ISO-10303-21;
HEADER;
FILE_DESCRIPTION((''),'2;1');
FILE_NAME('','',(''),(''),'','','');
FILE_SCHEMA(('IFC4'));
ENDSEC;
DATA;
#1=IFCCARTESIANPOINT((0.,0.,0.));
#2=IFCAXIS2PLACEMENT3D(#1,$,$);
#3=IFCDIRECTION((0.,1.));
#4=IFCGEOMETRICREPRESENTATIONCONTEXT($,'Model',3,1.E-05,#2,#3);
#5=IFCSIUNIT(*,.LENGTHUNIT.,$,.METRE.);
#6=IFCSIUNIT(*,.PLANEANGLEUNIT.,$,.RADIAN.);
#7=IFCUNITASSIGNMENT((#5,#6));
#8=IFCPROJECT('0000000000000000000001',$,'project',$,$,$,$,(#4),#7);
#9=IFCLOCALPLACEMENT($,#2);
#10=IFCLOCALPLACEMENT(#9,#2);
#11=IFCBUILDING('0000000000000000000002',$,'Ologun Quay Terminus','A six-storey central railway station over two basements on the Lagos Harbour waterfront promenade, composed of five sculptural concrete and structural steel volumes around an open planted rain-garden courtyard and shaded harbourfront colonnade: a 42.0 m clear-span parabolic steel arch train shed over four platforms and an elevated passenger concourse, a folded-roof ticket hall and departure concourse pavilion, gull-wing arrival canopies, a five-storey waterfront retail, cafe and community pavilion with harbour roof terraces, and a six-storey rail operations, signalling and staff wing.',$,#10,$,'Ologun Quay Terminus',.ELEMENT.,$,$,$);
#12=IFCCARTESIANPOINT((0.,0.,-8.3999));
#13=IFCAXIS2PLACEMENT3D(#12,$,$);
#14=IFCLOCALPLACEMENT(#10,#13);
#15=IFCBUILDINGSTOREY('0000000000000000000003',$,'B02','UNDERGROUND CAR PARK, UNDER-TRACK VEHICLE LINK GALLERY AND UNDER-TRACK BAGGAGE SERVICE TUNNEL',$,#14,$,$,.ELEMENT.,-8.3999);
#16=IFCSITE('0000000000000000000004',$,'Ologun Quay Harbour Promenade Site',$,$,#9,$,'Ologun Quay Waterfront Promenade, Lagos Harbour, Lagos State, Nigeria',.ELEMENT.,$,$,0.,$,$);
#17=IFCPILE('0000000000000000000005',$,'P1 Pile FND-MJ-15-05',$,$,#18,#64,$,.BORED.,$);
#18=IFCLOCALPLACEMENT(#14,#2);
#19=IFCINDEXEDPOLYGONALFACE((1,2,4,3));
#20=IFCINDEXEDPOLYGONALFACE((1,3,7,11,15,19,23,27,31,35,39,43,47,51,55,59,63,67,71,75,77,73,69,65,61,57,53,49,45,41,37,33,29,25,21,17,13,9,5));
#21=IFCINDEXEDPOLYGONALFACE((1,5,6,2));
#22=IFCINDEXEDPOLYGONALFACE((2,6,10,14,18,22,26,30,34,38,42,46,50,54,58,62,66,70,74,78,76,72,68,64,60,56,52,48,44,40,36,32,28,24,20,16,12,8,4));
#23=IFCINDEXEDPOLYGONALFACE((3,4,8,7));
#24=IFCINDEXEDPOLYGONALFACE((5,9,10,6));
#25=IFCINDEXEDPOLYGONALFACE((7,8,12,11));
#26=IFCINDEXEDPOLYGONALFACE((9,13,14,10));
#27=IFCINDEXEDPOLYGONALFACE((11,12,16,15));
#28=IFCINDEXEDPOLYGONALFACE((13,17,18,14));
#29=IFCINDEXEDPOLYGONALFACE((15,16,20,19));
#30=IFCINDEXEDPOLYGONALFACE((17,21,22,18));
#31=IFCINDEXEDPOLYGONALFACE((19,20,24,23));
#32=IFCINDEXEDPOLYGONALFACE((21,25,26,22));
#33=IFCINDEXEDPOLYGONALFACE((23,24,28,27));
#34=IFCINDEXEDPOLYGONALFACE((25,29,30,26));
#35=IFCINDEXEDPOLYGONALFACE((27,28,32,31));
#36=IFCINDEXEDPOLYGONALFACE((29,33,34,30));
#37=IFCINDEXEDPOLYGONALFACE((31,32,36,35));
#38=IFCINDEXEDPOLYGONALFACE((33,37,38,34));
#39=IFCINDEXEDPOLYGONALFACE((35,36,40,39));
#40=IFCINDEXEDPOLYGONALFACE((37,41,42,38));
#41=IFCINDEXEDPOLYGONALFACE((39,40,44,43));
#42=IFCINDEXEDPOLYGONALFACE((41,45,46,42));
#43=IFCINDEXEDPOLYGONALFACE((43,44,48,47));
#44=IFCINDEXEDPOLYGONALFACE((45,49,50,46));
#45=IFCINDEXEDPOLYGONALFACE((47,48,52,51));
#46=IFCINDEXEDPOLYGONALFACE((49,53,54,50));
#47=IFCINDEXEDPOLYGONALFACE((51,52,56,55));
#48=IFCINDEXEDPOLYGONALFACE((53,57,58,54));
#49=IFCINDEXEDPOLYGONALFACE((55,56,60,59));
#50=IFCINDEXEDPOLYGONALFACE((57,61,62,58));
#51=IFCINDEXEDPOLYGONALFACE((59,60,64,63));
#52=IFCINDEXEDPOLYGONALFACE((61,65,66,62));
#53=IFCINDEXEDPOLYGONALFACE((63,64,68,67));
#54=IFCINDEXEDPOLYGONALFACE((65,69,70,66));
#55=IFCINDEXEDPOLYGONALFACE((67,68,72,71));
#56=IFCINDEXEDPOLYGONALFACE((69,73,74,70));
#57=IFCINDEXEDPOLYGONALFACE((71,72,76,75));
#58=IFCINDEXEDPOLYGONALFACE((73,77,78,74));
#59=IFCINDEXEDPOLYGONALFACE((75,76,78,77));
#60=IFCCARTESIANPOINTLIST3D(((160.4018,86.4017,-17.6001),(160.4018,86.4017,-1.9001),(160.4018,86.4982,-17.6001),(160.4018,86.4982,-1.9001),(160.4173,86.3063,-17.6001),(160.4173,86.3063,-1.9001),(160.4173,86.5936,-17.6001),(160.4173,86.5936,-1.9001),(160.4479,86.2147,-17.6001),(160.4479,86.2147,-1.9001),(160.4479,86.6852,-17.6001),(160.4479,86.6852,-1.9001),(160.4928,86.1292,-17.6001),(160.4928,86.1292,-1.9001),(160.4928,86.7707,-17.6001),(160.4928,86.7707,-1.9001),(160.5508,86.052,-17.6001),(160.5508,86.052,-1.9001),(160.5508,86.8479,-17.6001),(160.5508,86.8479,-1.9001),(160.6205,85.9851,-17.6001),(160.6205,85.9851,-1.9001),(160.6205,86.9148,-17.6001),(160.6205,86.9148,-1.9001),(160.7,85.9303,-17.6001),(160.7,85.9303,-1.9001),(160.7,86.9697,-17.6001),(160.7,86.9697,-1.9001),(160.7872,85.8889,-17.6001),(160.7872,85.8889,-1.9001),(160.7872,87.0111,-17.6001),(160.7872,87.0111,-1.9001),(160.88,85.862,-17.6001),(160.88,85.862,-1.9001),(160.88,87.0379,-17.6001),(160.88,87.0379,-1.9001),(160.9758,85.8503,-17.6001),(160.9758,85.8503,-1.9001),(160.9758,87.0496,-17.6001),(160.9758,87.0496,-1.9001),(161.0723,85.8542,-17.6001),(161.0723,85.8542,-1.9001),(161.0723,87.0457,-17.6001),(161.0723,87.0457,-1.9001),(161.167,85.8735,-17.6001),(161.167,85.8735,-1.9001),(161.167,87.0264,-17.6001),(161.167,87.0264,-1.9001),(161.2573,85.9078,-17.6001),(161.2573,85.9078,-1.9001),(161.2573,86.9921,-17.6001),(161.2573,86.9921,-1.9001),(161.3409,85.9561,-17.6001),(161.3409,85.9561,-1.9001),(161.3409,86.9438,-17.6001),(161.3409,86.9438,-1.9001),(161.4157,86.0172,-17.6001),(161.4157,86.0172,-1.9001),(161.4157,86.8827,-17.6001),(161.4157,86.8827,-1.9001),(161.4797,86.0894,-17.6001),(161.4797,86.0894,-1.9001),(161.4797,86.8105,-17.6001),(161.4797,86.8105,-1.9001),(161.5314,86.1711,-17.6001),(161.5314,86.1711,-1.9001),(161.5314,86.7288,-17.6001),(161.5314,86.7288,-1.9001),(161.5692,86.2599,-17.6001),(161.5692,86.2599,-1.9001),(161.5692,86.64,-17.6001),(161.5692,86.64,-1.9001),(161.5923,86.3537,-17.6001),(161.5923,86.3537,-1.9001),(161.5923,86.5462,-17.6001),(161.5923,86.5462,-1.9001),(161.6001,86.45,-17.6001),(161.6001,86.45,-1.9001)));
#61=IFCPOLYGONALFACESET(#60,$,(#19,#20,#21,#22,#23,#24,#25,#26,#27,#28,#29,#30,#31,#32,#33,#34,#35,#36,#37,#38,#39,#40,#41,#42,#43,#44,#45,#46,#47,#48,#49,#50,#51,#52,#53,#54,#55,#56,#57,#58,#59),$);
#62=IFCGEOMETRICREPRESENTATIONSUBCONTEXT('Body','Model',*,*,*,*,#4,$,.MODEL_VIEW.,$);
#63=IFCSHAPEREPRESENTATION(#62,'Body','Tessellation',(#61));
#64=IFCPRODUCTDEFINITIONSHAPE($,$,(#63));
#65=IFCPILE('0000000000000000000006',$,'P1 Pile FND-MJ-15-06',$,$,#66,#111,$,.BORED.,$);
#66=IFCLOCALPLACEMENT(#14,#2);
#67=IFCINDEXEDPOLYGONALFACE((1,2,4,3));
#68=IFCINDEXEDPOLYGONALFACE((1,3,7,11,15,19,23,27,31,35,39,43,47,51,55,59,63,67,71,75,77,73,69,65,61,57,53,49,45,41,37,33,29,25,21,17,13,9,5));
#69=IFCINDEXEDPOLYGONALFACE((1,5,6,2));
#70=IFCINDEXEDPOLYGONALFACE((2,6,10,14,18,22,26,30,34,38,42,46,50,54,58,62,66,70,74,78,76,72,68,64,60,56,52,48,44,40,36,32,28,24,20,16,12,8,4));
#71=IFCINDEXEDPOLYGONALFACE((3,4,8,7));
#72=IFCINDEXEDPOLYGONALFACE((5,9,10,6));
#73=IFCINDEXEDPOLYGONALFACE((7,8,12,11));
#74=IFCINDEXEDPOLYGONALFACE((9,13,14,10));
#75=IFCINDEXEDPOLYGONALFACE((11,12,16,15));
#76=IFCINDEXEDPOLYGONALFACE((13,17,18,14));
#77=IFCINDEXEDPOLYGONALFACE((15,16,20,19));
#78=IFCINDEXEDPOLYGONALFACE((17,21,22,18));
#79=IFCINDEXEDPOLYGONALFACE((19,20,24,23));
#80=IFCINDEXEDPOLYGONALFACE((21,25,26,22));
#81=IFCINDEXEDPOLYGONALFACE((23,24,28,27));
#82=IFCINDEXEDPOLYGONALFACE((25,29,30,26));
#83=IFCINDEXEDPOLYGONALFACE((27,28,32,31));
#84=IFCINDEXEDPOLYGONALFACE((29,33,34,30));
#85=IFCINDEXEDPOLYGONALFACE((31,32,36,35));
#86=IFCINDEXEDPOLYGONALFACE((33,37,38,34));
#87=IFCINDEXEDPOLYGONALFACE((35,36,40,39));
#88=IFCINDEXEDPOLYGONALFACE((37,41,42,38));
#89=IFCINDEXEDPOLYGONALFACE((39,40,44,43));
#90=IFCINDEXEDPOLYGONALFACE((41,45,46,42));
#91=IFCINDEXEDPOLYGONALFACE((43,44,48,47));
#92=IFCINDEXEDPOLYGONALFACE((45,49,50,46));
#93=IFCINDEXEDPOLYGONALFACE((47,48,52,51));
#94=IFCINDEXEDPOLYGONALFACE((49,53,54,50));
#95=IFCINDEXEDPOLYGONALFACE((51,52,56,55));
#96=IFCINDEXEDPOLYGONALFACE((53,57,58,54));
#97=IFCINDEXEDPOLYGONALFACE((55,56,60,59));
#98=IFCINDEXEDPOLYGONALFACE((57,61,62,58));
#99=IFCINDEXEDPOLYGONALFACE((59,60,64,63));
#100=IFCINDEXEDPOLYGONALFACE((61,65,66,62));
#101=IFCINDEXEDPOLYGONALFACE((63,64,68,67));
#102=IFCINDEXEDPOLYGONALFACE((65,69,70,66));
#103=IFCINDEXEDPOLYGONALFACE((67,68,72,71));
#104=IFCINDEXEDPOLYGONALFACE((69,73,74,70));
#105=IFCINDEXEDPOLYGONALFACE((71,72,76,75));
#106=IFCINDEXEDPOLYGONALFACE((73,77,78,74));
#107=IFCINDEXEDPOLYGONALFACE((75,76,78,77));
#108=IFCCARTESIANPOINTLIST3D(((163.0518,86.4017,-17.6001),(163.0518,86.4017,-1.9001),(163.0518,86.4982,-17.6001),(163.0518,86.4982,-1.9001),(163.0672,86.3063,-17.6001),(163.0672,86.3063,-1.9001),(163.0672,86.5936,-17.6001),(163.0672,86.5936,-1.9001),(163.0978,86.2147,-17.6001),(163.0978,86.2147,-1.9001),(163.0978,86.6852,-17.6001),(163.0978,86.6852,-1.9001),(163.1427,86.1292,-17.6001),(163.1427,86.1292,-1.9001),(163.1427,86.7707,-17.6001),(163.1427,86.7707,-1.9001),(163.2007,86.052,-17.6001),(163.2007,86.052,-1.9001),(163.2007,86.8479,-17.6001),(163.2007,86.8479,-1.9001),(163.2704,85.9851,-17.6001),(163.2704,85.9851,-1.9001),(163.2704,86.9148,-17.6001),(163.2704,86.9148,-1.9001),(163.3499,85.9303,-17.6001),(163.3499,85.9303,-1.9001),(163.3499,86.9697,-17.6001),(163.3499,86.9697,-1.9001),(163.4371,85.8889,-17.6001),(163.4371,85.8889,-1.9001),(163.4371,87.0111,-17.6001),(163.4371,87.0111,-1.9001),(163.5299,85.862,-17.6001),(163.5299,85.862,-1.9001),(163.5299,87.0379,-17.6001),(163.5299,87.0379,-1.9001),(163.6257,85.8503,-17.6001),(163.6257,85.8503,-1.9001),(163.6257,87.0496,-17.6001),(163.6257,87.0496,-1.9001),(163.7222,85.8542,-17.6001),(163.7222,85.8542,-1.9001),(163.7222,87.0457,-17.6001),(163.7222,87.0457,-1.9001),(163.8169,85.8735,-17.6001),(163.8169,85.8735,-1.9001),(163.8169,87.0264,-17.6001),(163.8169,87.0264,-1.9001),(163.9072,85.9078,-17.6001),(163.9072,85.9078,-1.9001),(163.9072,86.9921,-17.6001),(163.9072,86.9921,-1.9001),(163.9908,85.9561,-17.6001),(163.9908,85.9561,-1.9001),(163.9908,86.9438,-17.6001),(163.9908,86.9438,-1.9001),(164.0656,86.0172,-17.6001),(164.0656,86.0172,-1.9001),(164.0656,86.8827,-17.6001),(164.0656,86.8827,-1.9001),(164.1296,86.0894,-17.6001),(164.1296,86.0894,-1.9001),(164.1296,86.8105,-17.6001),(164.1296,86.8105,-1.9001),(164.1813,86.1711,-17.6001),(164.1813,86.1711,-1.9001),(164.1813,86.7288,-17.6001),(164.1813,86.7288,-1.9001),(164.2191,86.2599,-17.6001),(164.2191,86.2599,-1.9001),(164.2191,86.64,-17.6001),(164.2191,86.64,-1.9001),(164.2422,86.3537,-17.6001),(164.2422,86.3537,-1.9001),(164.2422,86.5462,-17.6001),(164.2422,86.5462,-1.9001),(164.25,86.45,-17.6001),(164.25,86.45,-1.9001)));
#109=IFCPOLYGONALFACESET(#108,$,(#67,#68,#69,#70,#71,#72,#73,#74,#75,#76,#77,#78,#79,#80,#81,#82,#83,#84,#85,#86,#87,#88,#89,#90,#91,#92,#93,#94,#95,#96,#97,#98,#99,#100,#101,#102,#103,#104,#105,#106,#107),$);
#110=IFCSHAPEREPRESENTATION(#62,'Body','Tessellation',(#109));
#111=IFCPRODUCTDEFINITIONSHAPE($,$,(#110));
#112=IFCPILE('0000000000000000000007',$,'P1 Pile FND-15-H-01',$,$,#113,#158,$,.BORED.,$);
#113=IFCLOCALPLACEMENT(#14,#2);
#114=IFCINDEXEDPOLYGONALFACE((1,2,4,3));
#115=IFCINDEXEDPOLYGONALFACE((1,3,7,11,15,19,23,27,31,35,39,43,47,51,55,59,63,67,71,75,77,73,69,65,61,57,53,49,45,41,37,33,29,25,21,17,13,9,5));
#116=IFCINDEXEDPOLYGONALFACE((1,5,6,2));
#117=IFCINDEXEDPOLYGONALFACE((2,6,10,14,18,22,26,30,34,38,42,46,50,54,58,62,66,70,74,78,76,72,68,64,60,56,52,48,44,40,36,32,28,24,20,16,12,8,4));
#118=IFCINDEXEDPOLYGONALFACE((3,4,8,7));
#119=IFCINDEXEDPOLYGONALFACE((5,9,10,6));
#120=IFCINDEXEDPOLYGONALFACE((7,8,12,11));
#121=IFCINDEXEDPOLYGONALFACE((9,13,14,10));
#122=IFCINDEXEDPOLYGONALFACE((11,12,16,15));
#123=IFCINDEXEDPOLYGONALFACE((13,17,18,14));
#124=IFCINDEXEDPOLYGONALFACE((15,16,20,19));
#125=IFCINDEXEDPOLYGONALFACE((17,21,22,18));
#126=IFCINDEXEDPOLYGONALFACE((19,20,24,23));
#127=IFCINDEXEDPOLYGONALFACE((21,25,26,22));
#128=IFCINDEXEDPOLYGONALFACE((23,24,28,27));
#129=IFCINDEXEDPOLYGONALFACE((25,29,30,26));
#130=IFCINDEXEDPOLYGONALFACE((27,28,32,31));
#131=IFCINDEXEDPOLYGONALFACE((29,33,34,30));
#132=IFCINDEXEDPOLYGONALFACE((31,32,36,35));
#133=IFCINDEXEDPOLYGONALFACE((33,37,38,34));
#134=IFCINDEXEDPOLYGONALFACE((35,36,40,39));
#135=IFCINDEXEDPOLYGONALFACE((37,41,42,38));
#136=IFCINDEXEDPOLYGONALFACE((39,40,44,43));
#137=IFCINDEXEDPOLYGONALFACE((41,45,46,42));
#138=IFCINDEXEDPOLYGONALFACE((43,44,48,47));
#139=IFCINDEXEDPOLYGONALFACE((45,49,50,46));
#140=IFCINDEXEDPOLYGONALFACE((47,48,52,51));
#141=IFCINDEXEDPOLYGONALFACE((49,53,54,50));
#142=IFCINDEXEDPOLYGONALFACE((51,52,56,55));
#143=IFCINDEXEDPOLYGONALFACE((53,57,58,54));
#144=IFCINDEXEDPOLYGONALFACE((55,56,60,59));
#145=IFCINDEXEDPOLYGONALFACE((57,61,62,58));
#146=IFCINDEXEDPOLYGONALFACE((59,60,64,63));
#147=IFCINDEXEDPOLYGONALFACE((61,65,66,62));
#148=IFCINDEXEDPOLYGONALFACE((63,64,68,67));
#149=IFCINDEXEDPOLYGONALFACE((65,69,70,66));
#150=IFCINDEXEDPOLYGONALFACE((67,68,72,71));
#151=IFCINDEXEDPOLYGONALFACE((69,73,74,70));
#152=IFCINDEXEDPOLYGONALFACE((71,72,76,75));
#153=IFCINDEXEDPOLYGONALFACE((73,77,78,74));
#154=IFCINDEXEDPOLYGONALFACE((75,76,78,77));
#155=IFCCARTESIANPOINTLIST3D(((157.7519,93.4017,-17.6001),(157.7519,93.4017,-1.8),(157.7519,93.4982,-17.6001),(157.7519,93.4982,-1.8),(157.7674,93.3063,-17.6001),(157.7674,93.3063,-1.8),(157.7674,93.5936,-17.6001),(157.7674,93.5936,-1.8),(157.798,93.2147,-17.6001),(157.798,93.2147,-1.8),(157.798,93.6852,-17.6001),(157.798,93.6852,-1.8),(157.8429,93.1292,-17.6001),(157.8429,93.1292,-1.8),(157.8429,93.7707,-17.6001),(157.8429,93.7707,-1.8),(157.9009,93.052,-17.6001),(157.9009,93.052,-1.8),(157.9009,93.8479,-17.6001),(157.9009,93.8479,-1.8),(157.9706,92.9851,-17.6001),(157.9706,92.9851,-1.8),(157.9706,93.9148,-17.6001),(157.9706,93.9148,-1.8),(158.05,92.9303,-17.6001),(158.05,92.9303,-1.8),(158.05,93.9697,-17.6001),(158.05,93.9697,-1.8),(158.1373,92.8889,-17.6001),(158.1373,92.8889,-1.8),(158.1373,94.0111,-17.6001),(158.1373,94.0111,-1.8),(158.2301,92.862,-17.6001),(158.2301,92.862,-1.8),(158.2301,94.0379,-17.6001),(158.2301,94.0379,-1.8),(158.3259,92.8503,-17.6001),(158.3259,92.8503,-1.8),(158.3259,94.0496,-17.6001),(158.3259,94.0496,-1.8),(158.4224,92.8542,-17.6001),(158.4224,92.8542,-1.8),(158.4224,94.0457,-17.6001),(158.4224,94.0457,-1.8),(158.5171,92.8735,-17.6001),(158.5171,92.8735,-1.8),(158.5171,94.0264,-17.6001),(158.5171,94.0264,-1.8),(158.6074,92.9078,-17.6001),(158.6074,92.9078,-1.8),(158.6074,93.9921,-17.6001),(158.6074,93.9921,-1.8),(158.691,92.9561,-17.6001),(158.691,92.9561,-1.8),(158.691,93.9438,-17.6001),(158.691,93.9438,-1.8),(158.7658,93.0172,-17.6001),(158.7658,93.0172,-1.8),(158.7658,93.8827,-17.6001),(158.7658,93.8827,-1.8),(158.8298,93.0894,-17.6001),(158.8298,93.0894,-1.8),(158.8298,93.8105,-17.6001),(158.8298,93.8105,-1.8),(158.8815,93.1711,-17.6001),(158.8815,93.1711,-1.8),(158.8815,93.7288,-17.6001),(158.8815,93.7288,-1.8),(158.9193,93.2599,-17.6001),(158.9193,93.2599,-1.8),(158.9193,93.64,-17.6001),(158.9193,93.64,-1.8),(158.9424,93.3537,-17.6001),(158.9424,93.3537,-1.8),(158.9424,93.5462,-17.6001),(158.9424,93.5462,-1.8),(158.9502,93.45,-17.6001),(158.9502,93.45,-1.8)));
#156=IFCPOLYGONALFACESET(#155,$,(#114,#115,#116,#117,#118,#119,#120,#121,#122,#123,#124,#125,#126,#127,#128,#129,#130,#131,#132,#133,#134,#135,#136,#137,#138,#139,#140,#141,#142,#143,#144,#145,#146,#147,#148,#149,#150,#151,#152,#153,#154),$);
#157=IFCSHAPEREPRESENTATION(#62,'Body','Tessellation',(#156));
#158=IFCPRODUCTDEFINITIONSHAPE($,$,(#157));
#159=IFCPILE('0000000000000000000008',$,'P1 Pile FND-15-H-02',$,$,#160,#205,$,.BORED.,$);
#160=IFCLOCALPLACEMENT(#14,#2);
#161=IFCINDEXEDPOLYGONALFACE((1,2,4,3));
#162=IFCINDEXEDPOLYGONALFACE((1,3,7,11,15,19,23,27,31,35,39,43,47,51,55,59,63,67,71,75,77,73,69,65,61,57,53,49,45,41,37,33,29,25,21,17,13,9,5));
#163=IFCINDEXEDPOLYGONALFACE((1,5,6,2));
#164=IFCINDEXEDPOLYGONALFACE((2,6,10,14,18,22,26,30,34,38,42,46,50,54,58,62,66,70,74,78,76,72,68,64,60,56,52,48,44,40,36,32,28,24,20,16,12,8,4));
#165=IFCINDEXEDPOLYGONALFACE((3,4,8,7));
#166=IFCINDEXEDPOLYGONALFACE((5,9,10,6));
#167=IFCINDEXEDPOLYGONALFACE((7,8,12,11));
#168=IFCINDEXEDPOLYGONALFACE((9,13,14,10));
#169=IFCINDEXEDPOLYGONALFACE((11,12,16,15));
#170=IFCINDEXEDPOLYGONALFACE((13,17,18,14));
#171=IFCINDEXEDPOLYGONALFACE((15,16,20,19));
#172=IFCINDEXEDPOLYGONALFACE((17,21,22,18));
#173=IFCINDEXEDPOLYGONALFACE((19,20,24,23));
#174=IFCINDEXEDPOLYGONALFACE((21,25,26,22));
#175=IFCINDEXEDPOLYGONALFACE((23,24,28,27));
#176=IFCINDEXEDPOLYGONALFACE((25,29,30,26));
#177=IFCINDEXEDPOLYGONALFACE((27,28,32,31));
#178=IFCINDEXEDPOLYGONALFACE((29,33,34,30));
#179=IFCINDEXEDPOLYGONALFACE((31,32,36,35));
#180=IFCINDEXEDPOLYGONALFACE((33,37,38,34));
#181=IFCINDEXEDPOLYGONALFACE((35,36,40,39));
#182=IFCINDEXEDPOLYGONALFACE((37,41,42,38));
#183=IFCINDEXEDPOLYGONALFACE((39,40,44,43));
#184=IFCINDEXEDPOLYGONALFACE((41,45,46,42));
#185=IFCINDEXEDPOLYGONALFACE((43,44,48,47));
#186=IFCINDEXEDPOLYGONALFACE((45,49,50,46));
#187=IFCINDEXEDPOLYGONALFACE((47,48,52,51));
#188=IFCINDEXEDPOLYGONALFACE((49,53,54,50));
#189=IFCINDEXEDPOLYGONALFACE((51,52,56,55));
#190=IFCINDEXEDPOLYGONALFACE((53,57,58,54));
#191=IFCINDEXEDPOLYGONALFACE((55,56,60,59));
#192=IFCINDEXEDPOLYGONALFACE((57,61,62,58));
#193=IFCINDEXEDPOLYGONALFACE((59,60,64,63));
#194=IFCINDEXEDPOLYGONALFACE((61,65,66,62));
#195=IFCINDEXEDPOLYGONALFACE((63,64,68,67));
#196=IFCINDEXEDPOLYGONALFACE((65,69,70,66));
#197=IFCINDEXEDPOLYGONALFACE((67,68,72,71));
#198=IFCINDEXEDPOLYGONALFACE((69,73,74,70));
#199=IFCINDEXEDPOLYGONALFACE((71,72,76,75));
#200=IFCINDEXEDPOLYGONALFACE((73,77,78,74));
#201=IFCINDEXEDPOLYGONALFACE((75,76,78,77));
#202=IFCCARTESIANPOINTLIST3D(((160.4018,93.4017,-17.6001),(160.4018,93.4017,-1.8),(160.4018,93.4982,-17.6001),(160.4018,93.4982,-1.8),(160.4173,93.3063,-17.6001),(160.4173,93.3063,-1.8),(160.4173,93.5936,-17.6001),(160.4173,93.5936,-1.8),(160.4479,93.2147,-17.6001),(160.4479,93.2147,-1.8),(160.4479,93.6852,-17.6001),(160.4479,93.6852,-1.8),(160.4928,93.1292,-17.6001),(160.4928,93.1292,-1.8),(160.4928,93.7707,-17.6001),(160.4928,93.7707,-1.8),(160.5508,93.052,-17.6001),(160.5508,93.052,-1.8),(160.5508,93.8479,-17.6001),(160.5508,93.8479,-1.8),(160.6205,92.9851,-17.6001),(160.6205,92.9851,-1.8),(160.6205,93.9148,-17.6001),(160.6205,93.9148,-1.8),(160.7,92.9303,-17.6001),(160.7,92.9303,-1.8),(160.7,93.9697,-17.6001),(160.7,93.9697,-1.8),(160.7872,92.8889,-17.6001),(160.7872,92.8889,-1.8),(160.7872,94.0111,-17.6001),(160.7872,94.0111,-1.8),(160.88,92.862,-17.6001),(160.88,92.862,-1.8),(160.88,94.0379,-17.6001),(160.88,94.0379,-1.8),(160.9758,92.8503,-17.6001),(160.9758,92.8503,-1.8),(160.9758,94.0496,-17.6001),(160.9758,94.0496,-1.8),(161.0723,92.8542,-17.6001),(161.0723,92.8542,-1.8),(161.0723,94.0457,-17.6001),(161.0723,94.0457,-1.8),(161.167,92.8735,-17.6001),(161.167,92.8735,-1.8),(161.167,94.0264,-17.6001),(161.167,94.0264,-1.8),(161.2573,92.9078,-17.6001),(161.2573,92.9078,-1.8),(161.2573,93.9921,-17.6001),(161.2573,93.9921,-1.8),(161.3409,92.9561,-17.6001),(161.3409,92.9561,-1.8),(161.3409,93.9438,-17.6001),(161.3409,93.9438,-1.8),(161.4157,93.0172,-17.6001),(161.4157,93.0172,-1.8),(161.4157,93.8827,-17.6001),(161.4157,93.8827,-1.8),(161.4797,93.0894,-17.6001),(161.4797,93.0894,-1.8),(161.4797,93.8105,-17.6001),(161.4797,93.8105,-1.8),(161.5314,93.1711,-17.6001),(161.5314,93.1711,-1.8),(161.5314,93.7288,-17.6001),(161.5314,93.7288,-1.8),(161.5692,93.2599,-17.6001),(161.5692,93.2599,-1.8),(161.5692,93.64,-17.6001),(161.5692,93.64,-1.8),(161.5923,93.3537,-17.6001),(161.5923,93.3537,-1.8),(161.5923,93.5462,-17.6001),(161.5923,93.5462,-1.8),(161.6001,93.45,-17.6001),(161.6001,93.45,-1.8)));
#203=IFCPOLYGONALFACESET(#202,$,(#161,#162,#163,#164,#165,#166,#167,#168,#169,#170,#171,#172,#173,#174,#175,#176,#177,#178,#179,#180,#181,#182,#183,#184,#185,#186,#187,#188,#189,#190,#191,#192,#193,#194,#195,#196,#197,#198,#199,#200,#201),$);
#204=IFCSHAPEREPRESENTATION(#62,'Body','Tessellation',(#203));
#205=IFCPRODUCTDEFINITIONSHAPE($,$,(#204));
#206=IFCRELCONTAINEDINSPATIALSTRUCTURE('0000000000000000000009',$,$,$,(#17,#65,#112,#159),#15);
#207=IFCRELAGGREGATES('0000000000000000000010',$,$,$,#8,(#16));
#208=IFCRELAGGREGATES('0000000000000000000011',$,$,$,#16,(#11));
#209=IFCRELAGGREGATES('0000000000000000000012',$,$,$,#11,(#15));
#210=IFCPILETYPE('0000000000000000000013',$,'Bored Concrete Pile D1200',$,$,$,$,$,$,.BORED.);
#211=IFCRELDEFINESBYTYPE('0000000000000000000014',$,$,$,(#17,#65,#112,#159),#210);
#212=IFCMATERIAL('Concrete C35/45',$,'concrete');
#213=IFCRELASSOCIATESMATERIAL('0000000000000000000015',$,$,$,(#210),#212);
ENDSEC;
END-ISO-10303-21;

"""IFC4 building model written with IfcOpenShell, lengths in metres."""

from ifc_helpers import new_model, si_unit, direction, frame, origin, origin_2d, place, context, subcontext, project, spatial, circle, extrude, material, material_profile, profile_set, type_object, element, save


model = new_model("IFC4")

# Units and contexts
model_context = context("Model", 3, precision=1e-05, world=origin(), true_north=direction((0.0, 1.0)))
body_context = subcontext(model_context, "Body", "Model", "MODEL_VIEW")
ifc_project = project(units=[si_unit("LENGTHUNIT", "METRE"), si_unit("PLANEANGLEUNIT", "RADIAN")], contexts=[model_context])

# Site, building, storey
site_placement = place(None, origin())
site = spatial("IfcSite", under=ifc_project, at=site_placement, Name="Ologun Quay Harbour Promenade Site", LongName="Ologun Quay Waterfront Promenade, Lagos Harbour, Lagos State, Nigeria", CompositionType="ELEMENT", RefElevation=0.0)
building_placement = place(site_placement, origin())
building = spatial("IfcBuilding", under=site, at=building_placement, Name="Ologun Quay Terminus", Description="A six-storey central railway station over two basements on the Lagos Harbour waterfront promenade, composed of five sculptural concrete and structural steel volumes around an open planted rain-garden courtyard and shaded harbourfront colonnade: a 42.0 m clear-span parabolic steel arch train shed over four platforms and an elevated passenger concourse, a folded-roof ticket hall and departure concourse pavilion, gull-wing arrival canopies, a five-storey waterfront retail, cafe and community pavilion with harbour roof terraces, and a six-storey rail operations, signalling and staff wing.", LongName="Ologun Quay Terminus", CompositionType="ELEMENT")
storey_placement = place(building_placement, frame((0.0, 0.0, -8.3999)))
storey = spatial("IfcBuildingStorey", under=building, at=storey_placement, Name="B02", Description="UNDERGROUND CAR PARK, UNDER-TRACK VEHICLE LINK GALLERY AND UNDER-TRACK BAGGAGE SERVICE TUNNEL", CompositionType="ELEMENT", Elevation=-8.3999)

# Piles
ifc_material_1 = material(Name="Concrete C35/45", Category="concrete")
ifc_material_profile_1 = material_profile(ifc_material_1, circle(Radius=0.6001, at=origin_2d()), Name="PILE D1200")
ifc_profile_set_1 = profile_set([ifc_material_profile_1], Name="Concrete C35/45")
pile_type = type_object("IfcPileType", Name="Bored Concrete Pile D1200", PredefinedType="BORED", material=ifc_profile_set_1)
for number, where, z_axis, x_axis, name in (
    (1, (161.0, 86.45, -1.9001), (0.0, 0.0, -1.0), (1.0, 0.0, 0.0), "P1 Pile FND-MJ-15-05"),
    (2, (163.6499, 86.45, -1.9001), (0.0, 0.0, -1.0), (1.0, 0.0, 0.0), "P1 Pile FND-MJ-15-06"),
):
    element("IfcPile", number, at=place(storey_placement, frame(where, z_axis=z_axis, x_axis=x_axis)), inside=storey, type_object=pile_type, Name=name, PredefinedType="BORED", context=body_context, shape_type="SweptSolid", body=[
        extrude(circle(Radius=0.6001, at=origin_2d()), origin(), (0.0, 0.0, 1.0), 15.7),
    ])
for number, where, z_axis, x_axis, name in (
    (3, (158.3501, 93.45, -1.8), (0.0, 0.0, -1.0), (1.0, 0.0, 0.0), "P1 Pile FND-15-H-01"),
    (4, (161.0, 93.45, -1.8), (0.0, 0.0, -1.0), (1.0, 0.0, 0.0), "P1 Pile FND-15-H-02"),
):
    element("IfcPile", number, at=place(storey_placement, frame(where, z_axis=z_axis, x_axis=x_axis)), inside=storey, type_object=pile_type, Name=name, PredefinedType="BORED", context=body_context, shape_type="SweptSolid", body=[
        extrude(circle(Radius=0.6001, at=origin_2d()), origin(), (0.0, 0.0, 1.0), 15.8),
    ])

save(model, "model.ifc")
